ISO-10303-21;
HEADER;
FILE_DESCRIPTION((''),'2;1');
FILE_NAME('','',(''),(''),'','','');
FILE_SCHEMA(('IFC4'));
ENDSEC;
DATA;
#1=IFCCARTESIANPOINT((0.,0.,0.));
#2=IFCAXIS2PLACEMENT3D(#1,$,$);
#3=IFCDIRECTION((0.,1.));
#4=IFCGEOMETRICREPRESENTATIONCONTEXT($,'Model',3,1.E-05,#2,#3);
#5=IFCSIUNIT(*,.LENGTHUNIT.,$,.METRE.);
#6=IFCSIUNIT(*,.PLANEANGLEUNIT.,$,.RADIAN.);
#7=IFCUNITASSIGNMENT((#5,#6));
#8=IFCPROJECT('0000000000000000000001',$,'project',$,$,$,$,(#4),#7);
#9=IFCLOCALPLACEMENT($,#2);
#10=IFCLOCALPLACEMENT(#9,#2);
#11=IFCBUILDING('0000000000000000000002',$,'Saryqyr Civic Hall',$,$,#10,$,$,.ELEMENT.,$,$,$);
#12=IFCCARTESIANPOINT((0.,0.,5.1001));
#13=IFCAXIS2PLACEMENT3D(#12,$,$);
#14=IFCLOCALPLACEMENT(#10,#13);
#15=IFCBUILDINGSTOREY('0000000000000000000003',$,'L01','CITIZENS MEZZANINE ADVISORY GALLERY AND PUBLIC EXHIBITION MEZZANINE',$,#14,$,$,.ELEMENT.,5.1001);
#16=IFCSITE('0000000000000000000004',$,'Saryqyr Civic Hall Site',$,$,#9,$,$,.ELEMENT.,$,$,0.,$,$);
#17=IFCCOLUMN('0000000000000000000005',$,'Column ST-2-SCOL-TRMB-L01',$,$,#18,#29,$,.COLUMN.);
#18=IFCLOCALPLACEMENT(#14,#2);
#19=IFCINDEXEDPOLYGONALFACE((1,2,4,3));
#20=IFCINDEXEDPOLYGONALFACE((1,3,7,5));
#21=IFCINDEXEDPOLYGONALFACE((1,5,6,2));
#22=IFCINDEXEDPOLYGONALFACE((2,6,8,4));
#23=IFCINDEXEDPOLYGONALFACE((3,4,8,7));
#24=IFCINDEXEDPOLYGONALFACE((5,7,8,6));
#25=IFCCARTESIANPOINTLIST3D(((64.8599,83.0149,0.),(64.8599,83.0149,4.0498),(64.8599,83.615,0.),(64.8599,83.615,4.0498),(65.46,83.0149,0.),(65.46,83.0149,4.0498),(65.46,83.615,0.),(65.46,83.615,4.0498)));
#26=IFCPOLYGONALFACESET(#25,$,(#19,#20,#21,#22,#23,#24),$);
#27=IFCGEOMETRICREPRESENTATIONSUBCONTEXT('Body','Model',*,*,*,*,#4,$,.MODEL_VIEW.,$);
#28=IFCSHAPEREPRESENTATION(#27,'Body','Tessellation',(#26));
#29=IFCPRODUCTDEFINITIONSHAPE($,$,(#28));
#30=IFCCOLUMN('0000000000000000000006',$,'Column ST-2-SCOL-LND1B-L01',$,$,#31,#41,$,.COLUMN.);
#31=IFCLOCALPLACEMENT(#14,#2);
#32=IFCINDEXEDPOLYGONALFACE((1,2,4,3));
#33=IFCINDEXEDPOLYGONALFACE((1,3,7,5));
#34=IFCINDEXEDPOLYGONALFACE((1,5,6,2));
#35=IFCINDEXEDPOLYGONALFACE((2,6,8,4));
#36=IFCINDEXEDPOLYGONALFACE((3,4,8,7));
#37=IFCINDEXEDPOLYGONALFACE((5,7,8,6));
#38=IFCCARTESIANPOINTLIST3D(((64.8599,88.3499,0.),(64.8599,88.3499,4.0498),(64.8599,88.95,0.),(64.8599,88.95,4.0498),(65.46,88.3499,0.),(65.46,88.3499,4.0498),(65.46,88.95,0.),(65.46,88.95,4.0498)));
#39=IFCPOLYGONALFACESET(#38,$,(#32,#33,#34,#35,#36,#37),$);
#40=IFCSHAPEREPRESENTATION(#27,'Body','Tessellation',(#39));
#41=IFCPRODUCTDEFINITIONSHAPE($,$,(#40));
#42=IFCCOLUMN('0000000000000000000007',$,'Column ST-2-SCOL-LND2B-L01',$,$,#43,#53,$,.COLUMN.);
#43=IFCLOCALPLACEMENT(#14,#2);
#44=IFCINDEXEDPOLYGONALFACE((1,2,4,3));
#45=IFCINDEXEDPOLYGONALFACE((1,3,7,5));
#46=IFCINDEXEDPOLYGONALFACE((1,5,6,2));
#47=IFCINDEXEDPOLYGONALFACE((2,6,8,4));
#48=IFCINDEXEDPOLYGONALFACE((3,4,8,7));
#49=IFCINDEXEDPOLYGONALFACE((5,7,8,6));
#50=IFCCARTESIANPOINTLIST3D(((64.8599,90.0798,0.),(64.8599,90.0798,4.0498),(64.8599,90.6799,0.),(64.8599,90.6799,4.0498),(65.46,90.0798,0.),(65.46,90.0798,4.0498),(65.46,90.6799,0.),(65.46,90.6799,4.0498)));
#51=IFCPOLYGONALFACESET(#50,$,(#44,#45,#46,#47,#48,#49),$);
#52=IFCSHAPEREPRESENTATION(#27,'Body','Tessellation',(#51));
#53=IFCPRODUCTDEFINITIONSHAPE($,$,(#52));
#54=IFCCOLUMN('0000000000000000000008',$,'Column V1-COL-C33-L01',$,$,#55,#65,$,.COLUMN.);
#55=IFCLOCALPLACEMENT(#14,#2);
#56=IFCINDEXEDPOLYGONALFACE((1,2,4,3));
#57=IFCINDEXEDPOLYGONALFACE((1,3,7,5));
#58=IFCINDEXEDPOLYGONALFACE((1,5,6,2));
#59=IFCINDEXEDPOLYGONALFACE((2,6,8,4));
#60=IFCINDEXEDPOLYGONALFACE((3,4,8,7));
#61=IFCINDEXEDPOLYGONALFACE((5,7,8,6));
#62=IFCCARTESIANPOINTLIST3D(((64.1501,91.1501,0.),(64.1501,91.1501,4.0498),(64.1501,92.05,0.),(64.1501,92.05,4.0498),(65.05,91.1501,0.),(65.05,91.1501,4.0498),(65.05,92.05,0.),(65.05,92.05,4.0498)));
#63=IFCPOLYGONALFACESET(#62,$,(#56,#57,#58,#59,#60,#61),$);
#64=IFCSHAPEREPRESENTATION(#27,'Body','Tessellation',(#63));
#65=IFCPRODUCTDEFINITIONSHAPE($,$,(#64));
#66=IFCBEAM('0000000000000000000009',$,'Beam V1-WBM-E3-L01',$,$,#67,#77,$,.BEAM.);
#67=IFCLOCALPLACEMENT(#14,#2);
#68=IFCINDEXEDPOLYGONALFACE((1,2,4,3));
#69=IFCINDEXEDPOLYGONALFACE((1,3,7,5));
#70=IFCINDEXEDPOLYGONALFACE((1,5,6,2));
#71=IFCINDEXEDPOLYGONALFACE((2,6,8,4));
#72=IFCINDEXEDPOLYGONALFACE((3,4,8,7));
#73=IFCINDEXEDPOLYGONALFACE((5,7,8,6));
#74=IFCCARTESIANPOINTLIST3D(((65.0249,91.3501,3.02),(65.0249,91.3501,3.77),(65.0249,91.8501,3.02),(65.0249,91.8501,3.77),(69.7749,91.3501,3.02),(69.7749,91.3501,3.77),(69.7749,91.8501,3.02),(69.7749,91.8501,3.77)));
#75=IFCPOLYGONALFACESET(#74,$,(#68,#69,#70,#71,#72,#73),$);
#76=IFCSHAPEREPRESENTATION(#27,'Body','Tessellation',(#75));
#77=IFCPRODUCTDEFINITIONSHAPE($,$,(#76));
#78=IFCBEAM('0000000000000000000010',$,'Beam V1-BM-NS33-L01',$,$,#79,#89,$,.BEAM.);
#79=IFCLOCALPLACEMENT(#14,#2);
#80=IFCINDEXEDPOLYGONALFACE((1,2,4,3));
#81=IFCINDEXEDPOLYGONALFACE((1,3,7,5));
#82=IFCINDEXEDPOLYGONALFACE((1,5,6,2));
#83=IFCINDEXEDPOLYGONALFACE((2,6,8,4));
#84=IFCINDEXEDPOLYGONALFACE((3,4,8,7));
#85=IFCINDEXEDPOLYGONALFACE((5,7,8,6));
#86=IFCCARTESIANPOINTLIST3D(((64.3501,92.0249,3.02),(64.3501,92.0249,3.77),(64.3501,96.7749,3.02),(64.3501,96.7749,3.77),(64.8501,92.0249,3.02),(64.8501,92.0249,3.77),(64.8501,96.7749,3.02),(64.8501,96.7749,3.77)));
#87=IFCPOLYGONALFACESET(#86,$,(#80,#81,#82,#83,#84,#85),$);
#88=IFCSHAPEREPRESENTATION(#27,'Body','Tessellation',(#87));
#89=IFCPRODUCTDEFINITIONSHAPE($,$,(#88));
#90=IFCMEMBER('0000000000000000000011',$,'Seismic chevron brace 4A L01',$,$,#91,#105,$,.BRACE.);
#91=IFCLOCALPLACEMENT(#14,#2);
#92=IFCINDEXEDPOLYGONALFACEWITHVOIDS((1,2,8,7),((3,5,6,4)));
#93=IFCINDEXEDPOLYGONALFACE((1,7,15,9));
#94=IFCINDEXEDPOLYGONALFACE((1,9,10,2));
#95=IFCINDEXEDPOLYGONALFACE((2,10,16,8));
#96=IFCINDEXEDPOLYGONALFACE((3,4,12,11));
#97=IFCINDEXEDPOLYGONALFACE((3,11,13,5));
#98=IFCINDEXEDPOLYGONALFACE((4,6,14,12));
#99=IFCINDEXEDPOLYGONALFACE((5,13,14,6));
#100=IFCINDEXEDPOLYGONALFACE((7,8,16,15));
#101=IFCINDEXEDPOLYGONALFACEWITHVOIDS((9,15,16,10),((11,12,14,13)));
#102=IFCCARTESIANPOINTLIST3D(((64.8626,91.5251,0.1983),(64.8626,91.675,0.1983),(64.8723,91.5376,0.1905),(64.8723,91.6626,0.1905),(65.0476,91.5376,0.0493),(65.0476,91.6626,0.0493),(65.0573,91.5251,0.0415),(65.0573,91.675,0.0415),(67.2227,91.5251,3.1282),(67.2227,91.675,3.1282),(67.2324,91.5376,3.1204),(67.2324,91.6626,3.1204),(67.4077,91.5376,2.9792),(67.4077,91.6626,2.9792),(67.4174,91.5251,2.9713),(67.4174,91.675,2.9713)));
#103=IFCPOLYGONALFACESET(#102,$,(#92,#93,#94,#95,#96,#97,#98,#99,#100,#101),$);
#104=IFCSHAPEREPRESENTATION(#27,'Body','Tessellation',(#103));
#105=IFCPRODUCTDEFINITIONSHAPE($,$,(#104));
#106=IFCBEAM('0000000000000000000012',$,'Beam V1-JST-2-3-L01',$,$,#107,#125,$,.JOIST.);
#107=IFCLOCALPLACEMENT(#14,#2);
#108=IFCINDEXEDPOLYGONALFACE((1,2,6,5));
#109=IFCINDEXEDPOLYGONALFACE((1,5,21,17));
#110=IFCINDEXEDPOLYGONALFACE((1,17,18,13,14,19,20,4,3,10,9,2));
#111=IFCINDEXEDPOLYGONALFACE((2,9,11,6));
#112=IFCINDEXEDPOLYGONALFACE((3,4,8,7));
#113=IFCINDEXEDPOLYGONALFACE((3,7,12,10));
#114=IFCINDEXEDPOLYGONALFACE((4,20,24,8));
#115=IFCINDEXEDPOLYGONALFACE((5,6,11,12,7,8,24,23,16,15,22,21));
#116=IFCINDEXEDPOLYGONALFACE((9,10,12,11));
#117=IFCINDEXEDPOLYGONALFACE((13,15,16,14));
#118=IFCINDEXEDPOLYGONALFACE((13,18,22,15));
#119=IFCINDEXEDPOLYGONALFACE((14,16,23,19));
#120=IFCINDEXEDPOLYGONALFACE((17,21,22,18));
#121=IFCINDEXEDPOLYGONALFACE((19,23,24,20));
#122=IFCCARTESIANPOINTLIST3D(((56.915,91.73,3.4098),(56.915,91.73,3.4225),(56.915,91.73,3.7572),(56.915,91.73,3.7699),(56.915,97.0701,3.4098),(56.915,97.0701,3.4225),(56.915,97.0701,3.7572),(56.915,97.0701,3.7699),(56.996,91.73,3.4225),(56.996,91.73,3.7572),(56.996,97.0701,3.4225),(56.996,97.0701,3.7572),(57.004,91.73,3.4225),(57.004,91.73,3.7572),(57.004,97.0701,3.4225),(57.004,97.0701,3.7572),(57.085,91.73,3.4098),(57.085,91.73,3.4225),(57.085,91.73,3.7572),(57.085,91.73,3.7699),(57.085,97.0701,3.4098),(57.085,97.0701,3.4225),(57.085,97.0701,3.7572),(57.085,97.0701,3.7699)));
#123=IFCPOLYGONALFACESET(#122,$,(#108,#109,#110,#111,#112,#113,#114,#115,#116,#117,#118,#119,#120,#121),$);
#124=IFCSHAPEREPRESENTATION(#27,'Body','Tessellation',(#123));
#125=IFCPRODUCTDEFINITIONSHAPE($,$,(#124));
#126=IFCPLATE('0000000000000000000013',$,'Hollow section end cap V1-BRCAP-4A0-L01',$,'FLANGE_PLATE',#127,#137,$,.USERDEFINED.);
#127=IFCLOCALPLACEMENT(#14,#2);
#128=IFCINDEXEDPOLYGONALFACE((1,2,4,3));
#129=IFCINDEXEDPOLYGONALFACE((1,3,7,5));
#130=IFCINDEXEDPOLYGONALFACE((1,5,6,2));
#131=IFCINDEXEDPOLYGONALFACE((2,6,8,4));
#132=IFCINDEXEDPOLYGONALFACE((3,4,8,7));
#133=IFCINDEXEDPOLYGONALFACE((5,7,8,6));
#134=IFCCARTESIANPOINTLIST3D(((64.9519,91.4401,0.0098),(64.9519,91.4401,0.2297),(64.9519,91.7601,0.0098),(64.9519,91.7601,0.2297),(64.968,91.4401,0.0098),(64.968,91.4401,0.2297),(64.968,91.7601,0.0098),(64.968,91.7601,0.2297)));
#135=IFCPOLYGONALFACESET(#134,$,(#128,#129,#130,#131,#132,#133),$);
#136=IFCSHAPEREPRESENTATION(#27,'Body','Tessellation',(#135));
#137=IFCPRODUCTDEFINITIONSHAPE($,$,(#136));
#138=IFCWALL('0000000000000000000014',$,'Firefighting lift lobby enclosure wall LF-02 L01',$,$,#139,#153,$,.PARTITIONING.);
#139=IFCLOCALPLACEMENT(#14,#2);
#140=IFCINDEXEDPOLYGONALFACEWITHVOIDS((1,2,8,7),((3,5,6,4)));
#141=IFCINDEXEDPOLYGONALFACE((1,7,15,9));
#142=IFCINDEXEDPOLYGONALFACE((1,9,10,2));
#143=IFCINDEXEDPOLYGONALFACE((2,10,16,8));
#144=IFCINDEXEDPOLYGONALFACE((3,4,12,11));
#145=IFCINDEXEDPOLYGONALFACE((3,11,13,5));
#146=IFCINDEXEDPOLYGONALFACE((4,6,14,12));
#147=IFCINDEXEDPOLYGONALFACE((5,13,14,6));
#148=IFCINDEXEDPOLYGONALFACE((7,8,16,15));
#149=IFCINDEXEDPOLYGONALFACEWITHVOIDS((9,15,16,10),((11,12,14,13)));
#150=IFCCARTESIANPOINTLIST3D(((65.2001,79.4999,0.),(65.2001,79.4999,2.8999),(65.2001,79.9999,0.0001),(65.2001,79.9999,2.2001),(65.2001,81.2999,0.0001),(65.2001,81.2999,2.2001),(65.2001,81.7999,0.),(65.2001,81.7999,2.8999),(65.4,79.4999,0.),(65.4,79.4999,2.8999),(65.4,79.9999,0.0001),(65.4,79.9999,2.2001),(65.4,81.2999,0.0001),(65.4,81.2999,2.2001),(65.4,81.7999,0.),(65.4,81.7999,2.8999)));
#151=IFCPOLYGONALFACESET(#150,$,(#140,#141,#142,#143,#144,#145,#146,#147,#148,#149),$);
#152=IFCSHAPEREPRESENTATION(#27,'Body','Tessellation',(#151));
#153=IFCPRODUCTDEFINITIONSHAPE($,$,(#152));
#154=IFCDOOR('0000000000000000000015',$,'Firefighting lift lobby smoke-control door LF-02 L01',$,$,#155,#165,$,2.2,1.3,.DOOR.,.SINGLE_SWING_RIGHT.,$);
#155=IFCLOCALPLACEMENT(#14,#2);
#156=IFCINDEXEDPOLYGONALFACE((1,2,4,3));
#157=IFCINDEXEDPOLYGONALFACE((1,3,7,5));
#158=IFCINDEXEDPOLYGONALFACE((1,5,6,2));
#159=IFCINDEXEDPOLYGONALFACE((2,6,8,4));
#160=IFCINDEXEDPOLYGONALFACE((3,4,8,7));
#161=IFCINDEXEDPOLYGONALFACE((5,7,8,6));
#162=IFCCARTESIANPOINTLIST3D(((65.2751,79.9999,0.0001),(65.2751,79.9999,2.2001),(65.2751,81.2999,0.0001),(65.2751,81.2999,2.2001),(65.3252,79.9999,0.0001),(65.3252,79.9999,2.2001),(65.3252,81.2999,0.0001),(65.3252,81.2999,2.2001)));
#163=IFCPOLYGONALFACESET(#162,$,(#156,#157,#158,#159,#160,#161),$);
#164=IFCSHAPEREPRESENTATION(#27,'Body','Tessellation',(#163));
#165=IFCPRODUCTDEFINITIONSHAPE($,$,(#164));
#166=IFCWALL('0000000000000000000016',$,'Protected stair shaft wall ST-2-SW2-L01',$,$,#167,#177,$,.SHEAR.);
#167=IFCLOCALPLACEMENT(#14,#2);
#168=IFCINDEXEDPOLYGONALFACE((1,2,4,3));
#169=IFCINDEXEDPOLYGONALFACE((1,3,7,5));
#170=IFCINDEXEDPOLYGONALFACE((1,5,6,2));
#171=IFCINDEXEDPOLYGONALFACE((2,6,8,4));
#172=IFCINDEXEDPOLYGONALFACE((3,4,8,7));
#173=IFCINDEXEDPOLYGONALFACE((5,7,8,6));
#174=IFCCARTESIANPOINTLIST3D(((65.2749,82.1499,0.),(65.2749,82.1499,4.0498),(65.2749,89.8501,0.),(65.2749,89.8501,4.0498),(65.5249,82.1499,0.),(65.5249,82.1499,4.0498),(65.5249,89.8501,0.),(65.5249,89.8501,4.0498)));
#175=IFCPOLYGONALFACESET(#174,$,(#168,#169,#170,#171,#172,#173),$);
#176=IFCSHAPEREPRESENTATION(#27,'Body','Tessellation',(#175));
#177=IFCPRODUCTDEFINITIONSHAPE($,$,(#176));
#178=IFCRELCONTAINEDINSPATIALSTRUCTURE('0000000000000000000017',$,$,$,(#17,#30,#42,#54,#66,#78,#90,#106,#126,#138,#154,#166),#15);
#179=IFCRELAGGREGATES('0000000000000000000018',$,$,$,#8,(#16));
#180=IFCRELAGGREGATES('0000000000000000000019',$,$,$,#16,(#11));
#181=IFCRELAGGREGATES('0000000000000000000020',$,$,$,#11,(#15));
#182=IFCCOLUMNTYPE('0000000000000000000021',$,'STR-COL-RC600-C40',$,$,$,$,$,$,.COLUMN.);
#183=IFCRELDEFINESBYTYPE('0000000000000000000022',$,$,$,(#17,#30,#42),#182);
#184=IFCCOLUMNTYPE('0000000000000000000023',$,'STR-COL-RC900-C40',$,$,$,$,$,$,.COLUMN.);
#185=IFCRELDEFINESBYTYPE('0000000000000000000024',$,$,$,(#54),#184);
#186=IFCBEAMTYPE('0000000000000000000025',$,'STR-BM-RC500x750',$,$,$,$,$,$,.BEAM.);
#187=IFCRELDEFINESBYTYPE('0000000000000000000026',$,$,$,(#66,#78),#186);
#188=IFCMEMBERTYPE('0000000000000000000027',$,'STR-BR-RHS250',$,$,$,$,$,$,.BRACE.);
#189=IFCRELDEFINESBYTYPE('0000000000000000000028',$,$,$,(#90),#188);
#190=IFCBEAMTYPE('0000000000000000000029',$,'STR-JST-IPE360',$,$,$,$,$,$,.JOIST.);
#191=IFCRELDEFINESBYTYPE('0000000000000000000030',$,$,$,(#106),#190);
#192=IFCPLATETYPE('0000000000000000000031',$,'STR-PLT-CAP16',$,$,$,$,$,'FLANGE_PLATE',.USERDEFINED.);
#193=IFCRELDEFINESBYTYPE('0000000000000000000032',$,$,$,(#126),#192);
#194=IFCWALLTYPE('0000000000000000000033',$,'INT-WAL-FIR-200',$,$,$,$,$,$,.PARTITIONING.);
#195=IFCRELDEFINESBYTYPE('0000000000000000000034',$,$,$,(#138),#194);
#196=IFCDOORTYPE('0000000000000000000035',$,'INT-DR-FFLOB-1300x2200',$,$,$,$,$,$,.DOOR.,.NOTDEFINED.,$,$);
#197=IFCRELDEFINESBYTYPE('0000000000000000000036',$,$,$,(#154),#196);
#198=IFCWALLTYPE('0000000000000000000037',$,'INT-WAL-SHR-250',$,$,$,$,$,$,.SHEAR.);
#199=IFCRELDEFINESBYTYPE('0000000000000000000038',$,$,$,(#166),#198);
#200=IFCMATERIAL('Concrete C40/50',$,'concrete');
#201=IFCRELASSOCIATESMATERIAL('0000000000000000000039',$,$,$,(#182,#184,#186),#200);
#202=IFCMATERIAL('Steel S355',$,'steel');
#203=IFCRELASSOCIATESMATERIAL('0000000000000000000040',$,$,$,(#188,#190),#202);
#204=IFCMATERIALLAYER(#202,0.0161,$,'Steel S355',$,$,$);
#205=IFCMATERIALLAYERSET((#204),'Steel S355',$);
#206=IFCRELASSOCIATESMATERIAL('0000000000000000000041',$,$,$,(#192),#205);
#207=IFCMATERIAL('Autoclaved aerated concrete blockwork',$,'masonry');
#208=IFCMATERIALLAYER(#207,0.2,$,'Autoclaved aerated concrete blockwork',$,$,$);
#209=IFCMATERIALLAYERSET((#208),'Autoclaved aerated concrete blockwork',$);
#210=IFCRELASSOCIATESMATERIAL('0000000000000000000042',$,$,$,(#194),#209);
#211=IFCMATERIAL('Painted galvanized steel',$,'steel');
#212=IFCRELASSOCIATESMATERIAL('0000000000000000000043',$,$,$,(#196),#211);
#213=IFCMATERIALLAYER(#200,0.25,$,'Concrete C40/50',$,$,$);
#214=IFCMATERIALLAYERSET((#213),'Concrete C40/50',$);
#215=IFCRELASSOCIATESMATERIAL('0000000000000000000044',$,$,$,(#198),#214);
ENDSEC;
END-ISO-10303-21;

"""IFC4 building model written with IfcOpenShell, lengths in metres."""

from ifc_helpers import new_model, si_unit, direction, frame, frame_2d, origin, origin_2d, place, context, subcontext, project, spatial, rectangle, hollow_rectangle, i_section, extrude, material, layer, layer_set, material_profile, profile_set, type_object, element, fill, save


model = new_model("IFC4")

# Units and contexts
model_context = context("Model", 3, precision=1e-05, world=origin(), true_north=direction((0.0, 1.0)))
body_context = subcontext(model_context, "Body", "Model", "MODEL_VIEW")
ifc_project = project(units=[si_unit("LENGTHUNIT", "METRE"), si_unit("PLANEANGLEUNIT", "RADIAN")], contexts=[model_context])

# Site, building, storey
site_placement = place(None, origin())
site = spatial("IfcSite", under=ifc_project, at=site_placement, Name="Saryqyr Civic Hall Site", CompositionType="ELEMENT", RefElevation=0.0)
building_placement = place(site_placement, origin())
building = spatial("IfcBuilding", under=site, at=building_placement, Name="Saryqyr Civic Hall", CompositionType="ELEMENT")
storey_placement = place(building_placement, frame((0.0, 0.0, 5.1001)))
storey = spatial("IfcBuildingStorey", under=building, at=storey_placement, Name="L01", Description="CITIZENS MEZZANINE ADVISORY GALLERY AND PUBLIC EXHIBITION MEZZANINE", CompositionType="ELEMENT", Elevation=5.1001)

# Columns
ifc_material_1 = material(Name="Concrete C40/50", Category="concrete")
ifc_material_profile_1 = material_profile(ifc_material_1, rectangle(XDim=0.6001, YDim=0.6001, at=origin_2d()), Name="RC 600x600")
ifc_profile_set_1 = profile_set([ifc_material_profile_1], Name="Concrete C40/50")
column_type_1 = type_object("IfcColumnType", Name="STR-COL-RC600-C40", PredefinedType="COLUMN", material=ifc_profile_set_1)
for number, where, z_axis, x_axis, name in (
    (1, (65.1599, 83.3149, 0.0), (0.0, 0.0, 1.0), (1.0, 0.0, 0.0), "Column ST-2-SCOL-TRMB-L01"),
    (2, (65.1599, 88.6499, 0.0), (0.0, 0.0, 1.0), (1.0, 0.0, 0.0), "Column ST-2-SCOL-LND1B-L01"),
    (3, (65.1599, 90.3799, 0.0), (0.0, 0.0, 1.0), (1.0, 0.0, 0.0), "Column ST-2-SCOL-LND2B-L01"),
):
    element("IfcColumn", number, at=place(storey_placement, frame(where, z_axis=z_axis, x_axis=x_axis)), inside=storey, type_object=column_type_1, Name=name, PredefinedType="COLUMN", context=body_context, shape_type="SweptSolid", body=[
        extrude(rectangle(XDim=0.6001, YDim=0.6001, at=origin_2d()), origin(), (0.0, 0.0, 1.0), 4.0498),
    ])
ifc_material_profile_2 = material_profile(ifc_material_1, rectangle(XDim=0.8999, YDim=0.8999, at=origin_2d()), Name="RC 900x900")
ifc_profile_set_2 = profile_set([ifc_material_profile_2], Name="Concrete C40/50")
column_type_2 = type_object("IfcColumnType", Name="STR-COL-RC900-C40", PredefinedType="COLUMN", material=ifc_profile_set_2)
column_placement = place(storey_placement, frame((64.6001, 91.6001, 0.0), z_axis=(0.0, 0.0, 1.0), x_axis=(1.0, 0.0, 0.0)))
element("IfcColumn", 4, at=column_placement, inside=storey, type_object=column_type_2, Name="Column V1-COL-C33-L01", PredefinedType="COLUMN", context=body_context, shape_type="SweptSolid", body=[
    extrude(rectangle(XDim=0.8999, YDim=0.8999, at=origin_2d()), origin(), (0.0, 0.0, 1.0), 4.0498),
])

# Beams
ifc_material_profile_3 = material_profile(ifc_material_1, rectangle(XDim=0.5, YDim=0.75, at=origin_2d()), Name="RC 500x750")
ifc_profile_set_3 = profile_set([ifc_material_profile_3], Name="Concrete C40/50")
beam_type_1 = type_object("IfcBeamType", Name="STR-BM-RC500x750", PredefinedType="BEAM", material=ifc_profile_set_3)
for number, where, z_axis, x_axis, name in (
    (5, (65.0249, 91.6001, 3.395), (1.0, 0.0, 0.0), (0.0, 1.0, 0.0), "Beam V1-WBM-E3-L01"),
    (6, (64.6001, 92.0249, 3.395), (0.0, 1.0, 0.0), (-1.0, 0.0, 0.0), "Beam V1-BM-NS33-L01"),
):
    element("IfcBeam", number, at=place(storey_placement, frame(where, z_axis=z_axis, x_axis=x_axis)), inside=storey, type_object=beam_type_1, Name=name, PredefinedType="BEAM", context=body_context, shape_type="SweptSolid", body=[
        extrude(rectangle(XDim=0.5, YDim=0.75, at=origin_2d()), origin(), (0.0, 0.0, 1.0), 4.75),
    ])

# Member
ifc_material_2 = material(Name="Steel S355", Category="steel")
ifc_material_profile_4 = material_profile(ifc_material_2, hollow_rectangle(XDim=0.1499, YDim=0.25, WallThickness=0.0125, at=origin_2d()), Name="RHS 250x150x12.5")
ifc_profile_set_4 = profile_set([ifc_material_profile_4], Name="Steel S355")
member_type = type_object("IfcMemberType", Name="STR-BR-RHS250", PredefinedType="BRACE", material=ifc_profile_set_4)
member_placement = place(storey_placement, frame((64.96, 91.6001, 0.1199), z_axis=(0.627311, 0.0, 0.778769), x_axis=(0.0, 1.0, 0.0)))
element("IfcMember", 7, at=member_placement, inside=storey, type_object=member_type, Name="Seismic chevron brace 4A L01", PredefinedType="BRACE", context=body_context, shape_type="SweptSolid", body=[
    extrude(hollow_rectangle(XDim=0.1499, YDim=0.25, WallThickness=0.0125, at=origin_2d()), origin(), (0.0, 0.0, 1.0), 3.7622),
])

# Beam
ifc_material_profile_5 = material_profile(ifc_material_2, i_section(OverallWidth=0.1699, OverallDepth=0.3601, WebThickness=0.0081, FlangeThickness=0.0127, at=origin_2d()), Name="IPE 360")
ifc_profile_set_5 = profile_set([ifc_material_profile_5], Name="Steel S355")
beam_type_2 = type_object("IfcBeamType", Name="STR-JST-IPE360", PredefinedType="JOIST", material=ifc_profile_set_5)
beam_placement = place(storey_placement, frame((57.0, 91.73, 3.5898), z_axis=(0.0, 1.0, 0.0), x_axis=(-1.0, 0.0, 0.0)))
element("IfcBeam", 8, at=beam_placement, inside=storey, type_object=beam_type_2, Name="Beam V1-JST-2-3-L01", PredefinedType="JOIST", context=body_context, shape_type="SweptSolid", body=[
    extrude(i_section(OverallWidth=0.1699, OverallDepth=0.3601, WebThickness=0.0081, FlangeThickness=0.0127, at=origin_2d()), origin(), (0.0, 0.0, 1.0), 5.3401),
])

# Plate
ifc_layer_1 = layer(ifc_material_2, 0.0161, Name="Steel S355")
ifc_layer_set_1 = layer_set([ifc_layer_1], Name="Steel S355")
plate_type = type_object("IfcPlateType", Name="STR-PLT-CAP16", ElementType="FLANGE_PLATE", PredefinedType="USERDEFINED", material=ifc_layer_set_1)
plate_placement = place(storey_placement, frame((64.96, 91.6001, 0.0098), z_axis=(0.0, 0.0, 1.0), x_axis=(1.0, 0.0, 0.0)))
element("IfcPlate", 9, at=plate_placement, inside=storey, type_object=plate_type, Name="Hollow section end cap V1-BRCAP-4A0-L01", ObjectType="FLANGE_PLATE", PredefinedType="USERDEFINED", context=body_context, shape_type="SweptSolid", body=[
    extrude(rectangle(XDim=0.0161, YDim=0.3201, at=origin_2d()), origin(), (0.0, 0.0, 1.0), 0.22),
])

# Wall, opening, door
ifc_material_3 = material(Name="Autoclaved aerated concrete blockwork", Category="masonry")
ifc_layer_2 = layer(ifc_material_3, 0.2, Name="Autoclaved aerated concrete blockwork")
ifc_layer_set_2 = layer_set([ifc_layer_2], Name="Autoclaved aerated concrete blockwork")
wall_type_1 = type_object("IfcWallType", Name="INT-WAL-FIR-200", PredefinedType="PARTITIONING", material=ifc_layer_set_2)
wall_1_placement = place(storey_placement, frame((65.3, 79.5, 0.0), z_axis=(0.0, 0.0, 1.0), x_axis=(0.0, 1.0, 0.0)))
wall_1 = element("IfcWall", 10, at=wall_1_placement, inside=storey, type_object=wall_type_1, Name="Firefighting lift lobby enclosure wall LF-02 L01", PredefinedType="PARTITIONING", context=body_context, shape_type="SweptSolid", body=[
    extrude(rectangle(XDim=2.3, YDim=0.2, at=frame_2d((1.1499, 0.0))), origin(), (0.0, 0.0, 1.0), 2.8999),
])
opening_1_placement = place(wall_1_placement, frame((0.5, 0.0, 0.0)))
opening_1 = element("IfcOpeningElement", 11, at=opening_1_placement, cuts=wall_1, PredefinedType="OPENING", context=body_context, shape_type="SweptSolid", body=[
    extrude(rectangle(XDim=1.3, YDim=2.2, at=frame_2d((0.6499, 1.1001))), frame((0.0, 0.1099, 0.0), z_axis=(0.0, -1.0, 0.0), x_axis=(1.0, 0.0, 0.0)), (0.0, 0.0, 1.0), 0.22),
])
ifc_material_4 = material(Name="Painted galvanized steel", Category="steel")
door_type_1 = type_object("IfcDoorType", Name="INT-DR-FFLOB-1300x2200", OperationType="NOTDEFINED", PredefinedType="DOOR", material=ifc_material_4)
door_1_placement = place(opening_1_placement, origin())
door_1 = element("IfcDoor", 12, at=door_1_placement, inside=storey, type_object=door_type_1, Name="Firefighting lift lobby smoke-control door LF-02 L01", OperationType="SINGLE_SWING_RIGHT", OverallHeight=2.2, OverallWidth=1.3, PredefinedType="DOOR", context=body_context, shape_type="SweptSolid", body=[
    extrude(rectangle(XDim=1.3, YDim=2.2, at=frame_2d((0.6499, 1.1001))), frame((0.0, 0.0249, 0.0), z_axis=(0.0, -1.0, 0.0), x_axis=(1.0, 0.0, 0.0)), (0.0, 0.0, 1.0), 0.05),
])
fill(opening_1, door_1)

# Wall
ifc_layer_3 = layer(ifc_material_1, 0.25, Name="Concrete C40/50")
ifc_layer_set_3 = layer_set([ifc_layer_3], Name="Concrete C40/50")
wall_type_2 = type_object("IfcWallType", Name="INT-WAL-SHR-250", PredefinedType="SHEAR", material=ifc_layer_set_3)
wall_2_placement = place(storey_placement, frame((65.3999, 82.1499, 0.0), z_axis=(0.0, 0.0, 1.0), x_axis=(0.0, 1.0, 0.0)))
element("IfcWall", 13, at=wall_2_placement, inside=storey, type_object=wall_type_2, Name="Protected stair shaft wall ST-2-SW2-L01", PredefinedType="SHEAR", context=body_context, shape_type="SweptSolid", body=[
    extrude(rectangle(XDim=7.7002, YDim=0.25, at=frame_2d((3.8501, 0.0))), origin(), (0.0, 0.0, 1.0), 4.0498),
])

save(model, "model.ifc")
